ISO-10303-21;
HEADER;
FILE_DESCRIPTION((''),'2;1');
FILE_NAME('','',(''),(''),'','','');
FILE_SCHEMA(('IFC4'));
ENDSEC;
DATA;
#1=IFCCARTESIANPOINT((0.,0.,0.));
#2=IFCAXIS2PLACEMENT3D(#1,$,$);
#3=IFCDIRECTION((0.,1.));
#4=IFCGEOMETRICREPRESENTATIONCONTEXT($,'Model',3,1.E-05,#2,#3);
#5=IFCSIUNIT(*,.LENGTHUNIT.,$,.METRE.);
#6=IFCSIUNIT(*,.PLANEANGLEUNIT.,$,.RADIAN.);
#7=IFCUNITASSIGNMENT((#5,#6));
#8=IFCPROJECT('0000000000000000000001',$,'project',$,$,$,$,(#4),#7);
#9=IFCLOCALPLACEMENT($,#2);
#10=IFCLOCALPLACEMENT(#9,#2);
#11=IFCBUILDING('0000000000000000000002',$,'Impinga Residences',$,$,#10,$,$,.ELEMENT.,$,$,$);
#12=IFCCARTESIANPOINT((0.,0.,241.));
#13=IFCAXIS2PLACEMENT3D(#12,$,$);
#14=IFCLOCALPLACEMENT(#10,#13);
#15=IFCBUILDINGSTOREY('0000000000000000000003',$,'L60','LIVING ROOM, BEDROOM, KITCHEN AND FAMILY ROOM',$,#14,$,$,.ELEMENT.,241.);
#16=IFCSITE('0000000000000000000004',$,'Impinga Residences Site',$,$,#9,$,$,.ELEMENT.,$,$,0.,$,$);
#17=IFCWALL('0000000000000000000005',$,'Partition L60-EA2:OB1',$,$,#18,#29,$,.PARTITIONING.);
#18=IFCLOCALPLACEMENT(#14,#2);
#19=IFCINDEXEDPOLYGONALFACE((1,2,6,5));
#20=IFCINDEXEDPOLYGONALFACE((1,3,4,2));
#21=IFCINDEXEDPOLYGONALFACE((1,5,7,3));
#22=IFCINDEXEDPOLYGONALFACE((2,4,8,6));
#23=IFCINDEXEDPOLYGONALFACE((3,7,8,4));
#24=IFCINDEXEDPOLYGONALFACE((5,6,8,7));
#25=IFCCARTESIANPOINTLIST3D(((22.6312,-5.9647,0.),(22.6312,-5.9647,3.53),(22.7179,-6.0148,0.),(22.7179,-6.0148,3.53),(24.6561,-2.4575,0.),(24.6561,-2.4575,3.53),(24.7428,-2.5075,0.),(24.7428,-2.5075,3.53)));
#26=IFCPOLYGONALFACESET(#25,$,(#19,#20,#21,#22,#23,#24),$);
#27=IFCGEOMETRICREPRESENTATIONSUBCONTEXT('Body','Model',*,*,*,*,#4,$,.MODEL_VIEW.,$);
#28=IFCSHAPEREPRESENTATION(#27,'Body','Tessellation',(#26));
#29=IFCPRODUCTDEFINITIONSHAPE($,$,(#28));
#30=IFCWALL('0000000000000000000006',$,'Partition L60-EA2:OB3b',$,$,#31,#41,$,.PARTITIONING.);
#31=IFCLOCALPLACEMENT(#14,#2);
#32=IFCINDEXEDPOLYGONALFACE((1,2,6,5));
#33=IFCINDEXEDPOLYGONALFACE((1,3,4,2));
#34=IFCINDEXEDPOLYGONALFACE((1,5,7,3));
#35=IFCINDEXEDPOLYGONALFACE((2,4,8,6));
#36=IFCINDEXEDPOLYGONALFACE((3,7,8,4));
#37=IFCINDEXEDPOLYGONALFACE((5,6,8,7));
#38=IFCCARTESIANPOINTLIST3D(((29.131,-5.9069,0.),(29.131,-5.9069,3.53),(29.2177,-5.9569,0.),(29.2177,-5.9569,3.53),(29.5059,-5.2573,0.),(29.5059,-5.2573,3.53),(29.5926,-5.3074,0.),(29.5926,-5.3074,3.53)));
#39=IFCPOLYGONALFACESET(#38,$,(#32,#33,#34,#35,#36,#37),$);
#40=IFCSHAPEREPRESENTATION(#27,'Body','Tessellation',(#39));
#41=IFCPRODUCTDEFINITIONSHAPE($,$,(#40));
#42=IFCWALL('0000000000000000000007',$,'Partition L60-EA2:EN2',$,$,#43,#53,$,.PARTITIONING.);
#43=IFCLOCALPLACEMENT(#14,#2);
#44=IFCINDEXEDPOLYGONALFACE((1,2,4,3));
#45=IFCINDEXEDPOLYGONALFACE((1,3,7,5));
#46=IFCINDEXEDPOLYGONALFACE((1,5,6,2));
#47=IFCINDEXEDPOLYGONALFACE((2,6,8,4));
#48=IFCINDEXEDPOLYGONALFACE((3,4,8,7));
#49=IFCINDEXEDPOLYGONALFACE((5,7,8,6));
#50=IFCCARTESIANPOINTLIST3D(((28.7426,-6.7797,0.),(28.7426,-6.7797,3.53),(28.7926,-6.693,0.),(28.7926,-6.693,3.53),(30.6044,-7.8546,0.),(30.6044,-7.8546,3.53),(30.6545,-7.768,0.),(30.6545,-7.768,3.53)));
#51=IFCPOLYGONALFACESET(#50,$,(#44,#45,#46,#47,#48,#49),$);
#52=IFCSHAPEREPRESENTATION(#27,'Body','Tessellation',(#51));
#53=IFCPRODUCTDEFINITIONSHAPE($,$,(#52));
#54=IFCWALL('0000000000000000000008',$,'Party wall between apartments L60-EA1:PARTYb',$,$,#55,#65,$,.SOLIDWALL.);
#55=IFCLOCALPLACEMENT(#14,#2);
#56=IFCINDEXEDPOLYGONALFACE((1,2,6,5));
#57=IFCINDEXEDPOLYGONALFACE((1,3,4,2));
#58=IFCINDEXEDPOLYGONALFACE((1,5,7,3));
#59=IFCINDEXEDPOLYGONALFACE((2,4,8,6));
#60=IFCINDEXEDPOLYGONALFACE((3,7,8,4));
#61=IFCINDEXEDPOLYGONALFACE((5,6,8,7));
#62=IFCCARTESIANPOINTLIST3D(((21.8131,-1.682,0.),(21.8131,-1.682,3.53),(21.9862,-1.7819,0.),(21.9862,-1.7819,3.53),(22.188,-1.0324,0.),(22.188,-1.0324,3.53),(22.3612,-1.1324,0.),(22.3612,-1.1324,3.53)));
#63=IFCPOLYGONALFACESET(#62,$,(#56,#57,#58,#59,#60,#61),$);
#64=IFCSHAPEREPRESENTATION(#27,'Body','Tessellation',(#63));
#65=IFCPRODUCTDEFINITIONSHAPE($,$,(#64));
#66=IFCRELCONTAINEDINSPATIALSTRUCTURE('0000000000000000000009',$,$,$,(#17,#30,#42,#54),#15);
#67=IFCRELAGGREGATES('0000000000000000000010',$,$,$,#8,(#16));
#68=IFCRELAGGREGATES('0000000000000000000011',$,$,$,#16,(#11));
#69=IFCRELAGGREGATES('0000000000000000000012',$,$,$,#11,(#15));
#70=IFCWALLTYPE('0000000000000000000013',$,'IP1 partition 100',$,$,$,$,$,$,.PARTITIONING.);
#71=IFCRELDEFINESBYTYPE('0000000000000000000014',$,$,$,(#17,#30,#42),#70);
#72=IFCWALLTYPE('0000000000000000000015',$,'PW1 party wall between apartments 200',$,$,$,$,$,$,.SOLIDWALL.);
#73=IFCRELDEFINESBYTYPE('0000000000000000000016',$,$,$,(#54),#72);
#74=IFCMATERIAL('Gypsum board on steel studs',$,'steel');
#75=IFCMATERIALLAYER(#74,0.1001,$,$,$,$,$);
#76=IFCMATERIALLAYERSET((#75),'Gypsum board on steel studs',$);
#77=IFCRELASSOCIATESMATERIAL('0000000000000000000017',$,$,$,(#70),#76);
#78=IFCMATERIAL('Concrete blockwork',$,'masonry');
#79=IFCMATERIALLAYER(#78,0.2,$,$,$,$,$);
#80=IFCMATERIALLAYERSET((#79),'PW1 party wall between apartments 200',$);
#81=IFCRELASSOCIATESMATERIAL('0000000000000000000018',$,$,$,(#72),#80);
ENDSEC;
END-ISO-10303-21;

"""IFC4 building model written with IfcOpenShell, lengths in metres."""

from ifc_helpers import new_model, si_unit, direction, frame, frame_2d, origin, place, context, subcontext, project, spatial, rectangle, extrude, material, layer, layer_set, type_object, element, save


model = new_model("IFC4")

# Units and contexts
model_context = context("Model", 3, precision=1e-05, world=origin(), true_north=direction((0.0, 1.0)))
body_context = subcontext(model_context, "Body", "Model", "MODEL_VIEW")
ifc_project = project(units=[si_unit("LENGTHUNIT", "METRE"), si_unit("PLANEANGLEUNIT", "RADIAN")], contexts=[model_context])

# Site, building, storey
site_placement = place(None, origin())
site = spatial("IfcSite", under=ifc_project, at=site_placement, Name="Impinga Residences Site", CompositionType="ELEMENT", RefElevation=0.0)
building_placement = place(site_placement, origin())
building = spatial("IfcBuilding", under=site, at=building_placement, Name="Impinga Residences", CompositionType="ELEMENT")
storey_placement = place(building_placement, frame((0.0, 0.0, 241.0)))
storey = spatial("IfcBuildingStorey", under=building, at=storey_placement, Name="L60", Description="LIVING ROOM, BEDROOM, KITCHEN AND FAMILY ROOM", CompositionType="ELEMENT", Elevation=241.0)

# Shared definitions
ifc_material_1 = material(Name="Gypsum board on steel studs", Category="steel")
ifc_layer_1 = layer(ifc_material_1, 0.1001)
ifc_layer_set_1 = layer_set([ifc_layer_1], Name="Gypsum board on steel studs")
wall_type_1 = type_object("IfcWallType", Name="IP1 partition 100", PredefinedType="PARTITIONING", material=ifc_layer_set_1)

# Walls
wall_1_placement = place(storey_placement, frame((22.6746, -5.9897, 0.0), z_axis=(0.0, 0.0, 1.0), x_axis=(0.49999, 0.866031, 0.0)))
element("IfcWall", 1, at=wall_1_placement, inside=storey, type_object=wall_type_1, Name="Partition L60-EA2:OB1", PredefinedType="PARTITIONING", context=body_context, shape_type="SweptSolid", body=[
    extrude(rectangle(XDim=4.0498, YDim=0.1001, at=frame_2d((2.0249, 0.0))), origin(), (0.0, 0.0, 1.0), 3.53),
])
wall_2_placement = place(storey_placement, frame((29.1743, -5.9319, 0.0), z_axis=(0.0, 0.0, 1.0), x_axis=(0.49992, 0.866072, 0.0)))
element("IfcWall", 2, at=wall_2_placement, inside=storey, type_object=wall_type_1, Name="Partition L60-EA2:OB3b", PredefinedType="PARTITIONING", context=body_context, shape_type="SweptSolid", body=[
    extrude(rectangle(XDim=0.75, YDim=0.1001, at=frame_2d((0.375, 0.0))), origin(), (0.0, 0.0, 1.0), 3.53),
])
wall_3_placement = place(storey_placement, frame((28.7676, -6.7363, 0.0), z_axis=(0.0, 0.0, 1.0), x_axis=(0.866019, -0.500011, 0.0)))
element("IfcWall", 3, at=wall_3_placement, inside=storey, type_object=wall_type_1, Name="Partition L60-EA2:EN2", PredefinedType="PARTITIONING", context=body_context, shape_type="SweptSolid", body=[
    extrude(rectangle(XDim=2.1499, YDim=0.1001, at=frame_2d((1.075, 0.0))), origin(), (0.0, 0.0, 1.0), 3.53),
])
ifc_material_2 = material(Name="Concrete blockwork", Category="masonry")
ifc_layer_2 = layer(ifc_material_2, 0.2)
ifc_layer_set_2 = layer_set([ifc_layer_2], Name="PW1 party wall between apartments 200")
wall_type_2 = type_object("IfcWallType", Name="PW1 party wall between apartments 200", PredefinedType="SOLIDWALL", material=ifc_layer_set_2)
wall_4_placement = place(storey_placement, frame((21.8997, -1.7319, 0.0), z_axis=(0.0, 0.0, 1.0), x_axis=(0.49992, 0.866072, 0.0)))
element("IfcWall", 4, at=wall_4_placement, inside=storey, type_object=wall_type_2, Name="Party wall between apartments L60-EA1:PARTYb", PredefinedType="SOLIDWALL", context=body_context, shape_type="SweptSolid", body=[
    extrude(rectangle(XDim=0.75, YDim=0.2, at=frame_2d((0.375, 0.0))), origin(), (0.0, 0.0, 1.0), 3.53),
])

save(model, "model.ifc")
